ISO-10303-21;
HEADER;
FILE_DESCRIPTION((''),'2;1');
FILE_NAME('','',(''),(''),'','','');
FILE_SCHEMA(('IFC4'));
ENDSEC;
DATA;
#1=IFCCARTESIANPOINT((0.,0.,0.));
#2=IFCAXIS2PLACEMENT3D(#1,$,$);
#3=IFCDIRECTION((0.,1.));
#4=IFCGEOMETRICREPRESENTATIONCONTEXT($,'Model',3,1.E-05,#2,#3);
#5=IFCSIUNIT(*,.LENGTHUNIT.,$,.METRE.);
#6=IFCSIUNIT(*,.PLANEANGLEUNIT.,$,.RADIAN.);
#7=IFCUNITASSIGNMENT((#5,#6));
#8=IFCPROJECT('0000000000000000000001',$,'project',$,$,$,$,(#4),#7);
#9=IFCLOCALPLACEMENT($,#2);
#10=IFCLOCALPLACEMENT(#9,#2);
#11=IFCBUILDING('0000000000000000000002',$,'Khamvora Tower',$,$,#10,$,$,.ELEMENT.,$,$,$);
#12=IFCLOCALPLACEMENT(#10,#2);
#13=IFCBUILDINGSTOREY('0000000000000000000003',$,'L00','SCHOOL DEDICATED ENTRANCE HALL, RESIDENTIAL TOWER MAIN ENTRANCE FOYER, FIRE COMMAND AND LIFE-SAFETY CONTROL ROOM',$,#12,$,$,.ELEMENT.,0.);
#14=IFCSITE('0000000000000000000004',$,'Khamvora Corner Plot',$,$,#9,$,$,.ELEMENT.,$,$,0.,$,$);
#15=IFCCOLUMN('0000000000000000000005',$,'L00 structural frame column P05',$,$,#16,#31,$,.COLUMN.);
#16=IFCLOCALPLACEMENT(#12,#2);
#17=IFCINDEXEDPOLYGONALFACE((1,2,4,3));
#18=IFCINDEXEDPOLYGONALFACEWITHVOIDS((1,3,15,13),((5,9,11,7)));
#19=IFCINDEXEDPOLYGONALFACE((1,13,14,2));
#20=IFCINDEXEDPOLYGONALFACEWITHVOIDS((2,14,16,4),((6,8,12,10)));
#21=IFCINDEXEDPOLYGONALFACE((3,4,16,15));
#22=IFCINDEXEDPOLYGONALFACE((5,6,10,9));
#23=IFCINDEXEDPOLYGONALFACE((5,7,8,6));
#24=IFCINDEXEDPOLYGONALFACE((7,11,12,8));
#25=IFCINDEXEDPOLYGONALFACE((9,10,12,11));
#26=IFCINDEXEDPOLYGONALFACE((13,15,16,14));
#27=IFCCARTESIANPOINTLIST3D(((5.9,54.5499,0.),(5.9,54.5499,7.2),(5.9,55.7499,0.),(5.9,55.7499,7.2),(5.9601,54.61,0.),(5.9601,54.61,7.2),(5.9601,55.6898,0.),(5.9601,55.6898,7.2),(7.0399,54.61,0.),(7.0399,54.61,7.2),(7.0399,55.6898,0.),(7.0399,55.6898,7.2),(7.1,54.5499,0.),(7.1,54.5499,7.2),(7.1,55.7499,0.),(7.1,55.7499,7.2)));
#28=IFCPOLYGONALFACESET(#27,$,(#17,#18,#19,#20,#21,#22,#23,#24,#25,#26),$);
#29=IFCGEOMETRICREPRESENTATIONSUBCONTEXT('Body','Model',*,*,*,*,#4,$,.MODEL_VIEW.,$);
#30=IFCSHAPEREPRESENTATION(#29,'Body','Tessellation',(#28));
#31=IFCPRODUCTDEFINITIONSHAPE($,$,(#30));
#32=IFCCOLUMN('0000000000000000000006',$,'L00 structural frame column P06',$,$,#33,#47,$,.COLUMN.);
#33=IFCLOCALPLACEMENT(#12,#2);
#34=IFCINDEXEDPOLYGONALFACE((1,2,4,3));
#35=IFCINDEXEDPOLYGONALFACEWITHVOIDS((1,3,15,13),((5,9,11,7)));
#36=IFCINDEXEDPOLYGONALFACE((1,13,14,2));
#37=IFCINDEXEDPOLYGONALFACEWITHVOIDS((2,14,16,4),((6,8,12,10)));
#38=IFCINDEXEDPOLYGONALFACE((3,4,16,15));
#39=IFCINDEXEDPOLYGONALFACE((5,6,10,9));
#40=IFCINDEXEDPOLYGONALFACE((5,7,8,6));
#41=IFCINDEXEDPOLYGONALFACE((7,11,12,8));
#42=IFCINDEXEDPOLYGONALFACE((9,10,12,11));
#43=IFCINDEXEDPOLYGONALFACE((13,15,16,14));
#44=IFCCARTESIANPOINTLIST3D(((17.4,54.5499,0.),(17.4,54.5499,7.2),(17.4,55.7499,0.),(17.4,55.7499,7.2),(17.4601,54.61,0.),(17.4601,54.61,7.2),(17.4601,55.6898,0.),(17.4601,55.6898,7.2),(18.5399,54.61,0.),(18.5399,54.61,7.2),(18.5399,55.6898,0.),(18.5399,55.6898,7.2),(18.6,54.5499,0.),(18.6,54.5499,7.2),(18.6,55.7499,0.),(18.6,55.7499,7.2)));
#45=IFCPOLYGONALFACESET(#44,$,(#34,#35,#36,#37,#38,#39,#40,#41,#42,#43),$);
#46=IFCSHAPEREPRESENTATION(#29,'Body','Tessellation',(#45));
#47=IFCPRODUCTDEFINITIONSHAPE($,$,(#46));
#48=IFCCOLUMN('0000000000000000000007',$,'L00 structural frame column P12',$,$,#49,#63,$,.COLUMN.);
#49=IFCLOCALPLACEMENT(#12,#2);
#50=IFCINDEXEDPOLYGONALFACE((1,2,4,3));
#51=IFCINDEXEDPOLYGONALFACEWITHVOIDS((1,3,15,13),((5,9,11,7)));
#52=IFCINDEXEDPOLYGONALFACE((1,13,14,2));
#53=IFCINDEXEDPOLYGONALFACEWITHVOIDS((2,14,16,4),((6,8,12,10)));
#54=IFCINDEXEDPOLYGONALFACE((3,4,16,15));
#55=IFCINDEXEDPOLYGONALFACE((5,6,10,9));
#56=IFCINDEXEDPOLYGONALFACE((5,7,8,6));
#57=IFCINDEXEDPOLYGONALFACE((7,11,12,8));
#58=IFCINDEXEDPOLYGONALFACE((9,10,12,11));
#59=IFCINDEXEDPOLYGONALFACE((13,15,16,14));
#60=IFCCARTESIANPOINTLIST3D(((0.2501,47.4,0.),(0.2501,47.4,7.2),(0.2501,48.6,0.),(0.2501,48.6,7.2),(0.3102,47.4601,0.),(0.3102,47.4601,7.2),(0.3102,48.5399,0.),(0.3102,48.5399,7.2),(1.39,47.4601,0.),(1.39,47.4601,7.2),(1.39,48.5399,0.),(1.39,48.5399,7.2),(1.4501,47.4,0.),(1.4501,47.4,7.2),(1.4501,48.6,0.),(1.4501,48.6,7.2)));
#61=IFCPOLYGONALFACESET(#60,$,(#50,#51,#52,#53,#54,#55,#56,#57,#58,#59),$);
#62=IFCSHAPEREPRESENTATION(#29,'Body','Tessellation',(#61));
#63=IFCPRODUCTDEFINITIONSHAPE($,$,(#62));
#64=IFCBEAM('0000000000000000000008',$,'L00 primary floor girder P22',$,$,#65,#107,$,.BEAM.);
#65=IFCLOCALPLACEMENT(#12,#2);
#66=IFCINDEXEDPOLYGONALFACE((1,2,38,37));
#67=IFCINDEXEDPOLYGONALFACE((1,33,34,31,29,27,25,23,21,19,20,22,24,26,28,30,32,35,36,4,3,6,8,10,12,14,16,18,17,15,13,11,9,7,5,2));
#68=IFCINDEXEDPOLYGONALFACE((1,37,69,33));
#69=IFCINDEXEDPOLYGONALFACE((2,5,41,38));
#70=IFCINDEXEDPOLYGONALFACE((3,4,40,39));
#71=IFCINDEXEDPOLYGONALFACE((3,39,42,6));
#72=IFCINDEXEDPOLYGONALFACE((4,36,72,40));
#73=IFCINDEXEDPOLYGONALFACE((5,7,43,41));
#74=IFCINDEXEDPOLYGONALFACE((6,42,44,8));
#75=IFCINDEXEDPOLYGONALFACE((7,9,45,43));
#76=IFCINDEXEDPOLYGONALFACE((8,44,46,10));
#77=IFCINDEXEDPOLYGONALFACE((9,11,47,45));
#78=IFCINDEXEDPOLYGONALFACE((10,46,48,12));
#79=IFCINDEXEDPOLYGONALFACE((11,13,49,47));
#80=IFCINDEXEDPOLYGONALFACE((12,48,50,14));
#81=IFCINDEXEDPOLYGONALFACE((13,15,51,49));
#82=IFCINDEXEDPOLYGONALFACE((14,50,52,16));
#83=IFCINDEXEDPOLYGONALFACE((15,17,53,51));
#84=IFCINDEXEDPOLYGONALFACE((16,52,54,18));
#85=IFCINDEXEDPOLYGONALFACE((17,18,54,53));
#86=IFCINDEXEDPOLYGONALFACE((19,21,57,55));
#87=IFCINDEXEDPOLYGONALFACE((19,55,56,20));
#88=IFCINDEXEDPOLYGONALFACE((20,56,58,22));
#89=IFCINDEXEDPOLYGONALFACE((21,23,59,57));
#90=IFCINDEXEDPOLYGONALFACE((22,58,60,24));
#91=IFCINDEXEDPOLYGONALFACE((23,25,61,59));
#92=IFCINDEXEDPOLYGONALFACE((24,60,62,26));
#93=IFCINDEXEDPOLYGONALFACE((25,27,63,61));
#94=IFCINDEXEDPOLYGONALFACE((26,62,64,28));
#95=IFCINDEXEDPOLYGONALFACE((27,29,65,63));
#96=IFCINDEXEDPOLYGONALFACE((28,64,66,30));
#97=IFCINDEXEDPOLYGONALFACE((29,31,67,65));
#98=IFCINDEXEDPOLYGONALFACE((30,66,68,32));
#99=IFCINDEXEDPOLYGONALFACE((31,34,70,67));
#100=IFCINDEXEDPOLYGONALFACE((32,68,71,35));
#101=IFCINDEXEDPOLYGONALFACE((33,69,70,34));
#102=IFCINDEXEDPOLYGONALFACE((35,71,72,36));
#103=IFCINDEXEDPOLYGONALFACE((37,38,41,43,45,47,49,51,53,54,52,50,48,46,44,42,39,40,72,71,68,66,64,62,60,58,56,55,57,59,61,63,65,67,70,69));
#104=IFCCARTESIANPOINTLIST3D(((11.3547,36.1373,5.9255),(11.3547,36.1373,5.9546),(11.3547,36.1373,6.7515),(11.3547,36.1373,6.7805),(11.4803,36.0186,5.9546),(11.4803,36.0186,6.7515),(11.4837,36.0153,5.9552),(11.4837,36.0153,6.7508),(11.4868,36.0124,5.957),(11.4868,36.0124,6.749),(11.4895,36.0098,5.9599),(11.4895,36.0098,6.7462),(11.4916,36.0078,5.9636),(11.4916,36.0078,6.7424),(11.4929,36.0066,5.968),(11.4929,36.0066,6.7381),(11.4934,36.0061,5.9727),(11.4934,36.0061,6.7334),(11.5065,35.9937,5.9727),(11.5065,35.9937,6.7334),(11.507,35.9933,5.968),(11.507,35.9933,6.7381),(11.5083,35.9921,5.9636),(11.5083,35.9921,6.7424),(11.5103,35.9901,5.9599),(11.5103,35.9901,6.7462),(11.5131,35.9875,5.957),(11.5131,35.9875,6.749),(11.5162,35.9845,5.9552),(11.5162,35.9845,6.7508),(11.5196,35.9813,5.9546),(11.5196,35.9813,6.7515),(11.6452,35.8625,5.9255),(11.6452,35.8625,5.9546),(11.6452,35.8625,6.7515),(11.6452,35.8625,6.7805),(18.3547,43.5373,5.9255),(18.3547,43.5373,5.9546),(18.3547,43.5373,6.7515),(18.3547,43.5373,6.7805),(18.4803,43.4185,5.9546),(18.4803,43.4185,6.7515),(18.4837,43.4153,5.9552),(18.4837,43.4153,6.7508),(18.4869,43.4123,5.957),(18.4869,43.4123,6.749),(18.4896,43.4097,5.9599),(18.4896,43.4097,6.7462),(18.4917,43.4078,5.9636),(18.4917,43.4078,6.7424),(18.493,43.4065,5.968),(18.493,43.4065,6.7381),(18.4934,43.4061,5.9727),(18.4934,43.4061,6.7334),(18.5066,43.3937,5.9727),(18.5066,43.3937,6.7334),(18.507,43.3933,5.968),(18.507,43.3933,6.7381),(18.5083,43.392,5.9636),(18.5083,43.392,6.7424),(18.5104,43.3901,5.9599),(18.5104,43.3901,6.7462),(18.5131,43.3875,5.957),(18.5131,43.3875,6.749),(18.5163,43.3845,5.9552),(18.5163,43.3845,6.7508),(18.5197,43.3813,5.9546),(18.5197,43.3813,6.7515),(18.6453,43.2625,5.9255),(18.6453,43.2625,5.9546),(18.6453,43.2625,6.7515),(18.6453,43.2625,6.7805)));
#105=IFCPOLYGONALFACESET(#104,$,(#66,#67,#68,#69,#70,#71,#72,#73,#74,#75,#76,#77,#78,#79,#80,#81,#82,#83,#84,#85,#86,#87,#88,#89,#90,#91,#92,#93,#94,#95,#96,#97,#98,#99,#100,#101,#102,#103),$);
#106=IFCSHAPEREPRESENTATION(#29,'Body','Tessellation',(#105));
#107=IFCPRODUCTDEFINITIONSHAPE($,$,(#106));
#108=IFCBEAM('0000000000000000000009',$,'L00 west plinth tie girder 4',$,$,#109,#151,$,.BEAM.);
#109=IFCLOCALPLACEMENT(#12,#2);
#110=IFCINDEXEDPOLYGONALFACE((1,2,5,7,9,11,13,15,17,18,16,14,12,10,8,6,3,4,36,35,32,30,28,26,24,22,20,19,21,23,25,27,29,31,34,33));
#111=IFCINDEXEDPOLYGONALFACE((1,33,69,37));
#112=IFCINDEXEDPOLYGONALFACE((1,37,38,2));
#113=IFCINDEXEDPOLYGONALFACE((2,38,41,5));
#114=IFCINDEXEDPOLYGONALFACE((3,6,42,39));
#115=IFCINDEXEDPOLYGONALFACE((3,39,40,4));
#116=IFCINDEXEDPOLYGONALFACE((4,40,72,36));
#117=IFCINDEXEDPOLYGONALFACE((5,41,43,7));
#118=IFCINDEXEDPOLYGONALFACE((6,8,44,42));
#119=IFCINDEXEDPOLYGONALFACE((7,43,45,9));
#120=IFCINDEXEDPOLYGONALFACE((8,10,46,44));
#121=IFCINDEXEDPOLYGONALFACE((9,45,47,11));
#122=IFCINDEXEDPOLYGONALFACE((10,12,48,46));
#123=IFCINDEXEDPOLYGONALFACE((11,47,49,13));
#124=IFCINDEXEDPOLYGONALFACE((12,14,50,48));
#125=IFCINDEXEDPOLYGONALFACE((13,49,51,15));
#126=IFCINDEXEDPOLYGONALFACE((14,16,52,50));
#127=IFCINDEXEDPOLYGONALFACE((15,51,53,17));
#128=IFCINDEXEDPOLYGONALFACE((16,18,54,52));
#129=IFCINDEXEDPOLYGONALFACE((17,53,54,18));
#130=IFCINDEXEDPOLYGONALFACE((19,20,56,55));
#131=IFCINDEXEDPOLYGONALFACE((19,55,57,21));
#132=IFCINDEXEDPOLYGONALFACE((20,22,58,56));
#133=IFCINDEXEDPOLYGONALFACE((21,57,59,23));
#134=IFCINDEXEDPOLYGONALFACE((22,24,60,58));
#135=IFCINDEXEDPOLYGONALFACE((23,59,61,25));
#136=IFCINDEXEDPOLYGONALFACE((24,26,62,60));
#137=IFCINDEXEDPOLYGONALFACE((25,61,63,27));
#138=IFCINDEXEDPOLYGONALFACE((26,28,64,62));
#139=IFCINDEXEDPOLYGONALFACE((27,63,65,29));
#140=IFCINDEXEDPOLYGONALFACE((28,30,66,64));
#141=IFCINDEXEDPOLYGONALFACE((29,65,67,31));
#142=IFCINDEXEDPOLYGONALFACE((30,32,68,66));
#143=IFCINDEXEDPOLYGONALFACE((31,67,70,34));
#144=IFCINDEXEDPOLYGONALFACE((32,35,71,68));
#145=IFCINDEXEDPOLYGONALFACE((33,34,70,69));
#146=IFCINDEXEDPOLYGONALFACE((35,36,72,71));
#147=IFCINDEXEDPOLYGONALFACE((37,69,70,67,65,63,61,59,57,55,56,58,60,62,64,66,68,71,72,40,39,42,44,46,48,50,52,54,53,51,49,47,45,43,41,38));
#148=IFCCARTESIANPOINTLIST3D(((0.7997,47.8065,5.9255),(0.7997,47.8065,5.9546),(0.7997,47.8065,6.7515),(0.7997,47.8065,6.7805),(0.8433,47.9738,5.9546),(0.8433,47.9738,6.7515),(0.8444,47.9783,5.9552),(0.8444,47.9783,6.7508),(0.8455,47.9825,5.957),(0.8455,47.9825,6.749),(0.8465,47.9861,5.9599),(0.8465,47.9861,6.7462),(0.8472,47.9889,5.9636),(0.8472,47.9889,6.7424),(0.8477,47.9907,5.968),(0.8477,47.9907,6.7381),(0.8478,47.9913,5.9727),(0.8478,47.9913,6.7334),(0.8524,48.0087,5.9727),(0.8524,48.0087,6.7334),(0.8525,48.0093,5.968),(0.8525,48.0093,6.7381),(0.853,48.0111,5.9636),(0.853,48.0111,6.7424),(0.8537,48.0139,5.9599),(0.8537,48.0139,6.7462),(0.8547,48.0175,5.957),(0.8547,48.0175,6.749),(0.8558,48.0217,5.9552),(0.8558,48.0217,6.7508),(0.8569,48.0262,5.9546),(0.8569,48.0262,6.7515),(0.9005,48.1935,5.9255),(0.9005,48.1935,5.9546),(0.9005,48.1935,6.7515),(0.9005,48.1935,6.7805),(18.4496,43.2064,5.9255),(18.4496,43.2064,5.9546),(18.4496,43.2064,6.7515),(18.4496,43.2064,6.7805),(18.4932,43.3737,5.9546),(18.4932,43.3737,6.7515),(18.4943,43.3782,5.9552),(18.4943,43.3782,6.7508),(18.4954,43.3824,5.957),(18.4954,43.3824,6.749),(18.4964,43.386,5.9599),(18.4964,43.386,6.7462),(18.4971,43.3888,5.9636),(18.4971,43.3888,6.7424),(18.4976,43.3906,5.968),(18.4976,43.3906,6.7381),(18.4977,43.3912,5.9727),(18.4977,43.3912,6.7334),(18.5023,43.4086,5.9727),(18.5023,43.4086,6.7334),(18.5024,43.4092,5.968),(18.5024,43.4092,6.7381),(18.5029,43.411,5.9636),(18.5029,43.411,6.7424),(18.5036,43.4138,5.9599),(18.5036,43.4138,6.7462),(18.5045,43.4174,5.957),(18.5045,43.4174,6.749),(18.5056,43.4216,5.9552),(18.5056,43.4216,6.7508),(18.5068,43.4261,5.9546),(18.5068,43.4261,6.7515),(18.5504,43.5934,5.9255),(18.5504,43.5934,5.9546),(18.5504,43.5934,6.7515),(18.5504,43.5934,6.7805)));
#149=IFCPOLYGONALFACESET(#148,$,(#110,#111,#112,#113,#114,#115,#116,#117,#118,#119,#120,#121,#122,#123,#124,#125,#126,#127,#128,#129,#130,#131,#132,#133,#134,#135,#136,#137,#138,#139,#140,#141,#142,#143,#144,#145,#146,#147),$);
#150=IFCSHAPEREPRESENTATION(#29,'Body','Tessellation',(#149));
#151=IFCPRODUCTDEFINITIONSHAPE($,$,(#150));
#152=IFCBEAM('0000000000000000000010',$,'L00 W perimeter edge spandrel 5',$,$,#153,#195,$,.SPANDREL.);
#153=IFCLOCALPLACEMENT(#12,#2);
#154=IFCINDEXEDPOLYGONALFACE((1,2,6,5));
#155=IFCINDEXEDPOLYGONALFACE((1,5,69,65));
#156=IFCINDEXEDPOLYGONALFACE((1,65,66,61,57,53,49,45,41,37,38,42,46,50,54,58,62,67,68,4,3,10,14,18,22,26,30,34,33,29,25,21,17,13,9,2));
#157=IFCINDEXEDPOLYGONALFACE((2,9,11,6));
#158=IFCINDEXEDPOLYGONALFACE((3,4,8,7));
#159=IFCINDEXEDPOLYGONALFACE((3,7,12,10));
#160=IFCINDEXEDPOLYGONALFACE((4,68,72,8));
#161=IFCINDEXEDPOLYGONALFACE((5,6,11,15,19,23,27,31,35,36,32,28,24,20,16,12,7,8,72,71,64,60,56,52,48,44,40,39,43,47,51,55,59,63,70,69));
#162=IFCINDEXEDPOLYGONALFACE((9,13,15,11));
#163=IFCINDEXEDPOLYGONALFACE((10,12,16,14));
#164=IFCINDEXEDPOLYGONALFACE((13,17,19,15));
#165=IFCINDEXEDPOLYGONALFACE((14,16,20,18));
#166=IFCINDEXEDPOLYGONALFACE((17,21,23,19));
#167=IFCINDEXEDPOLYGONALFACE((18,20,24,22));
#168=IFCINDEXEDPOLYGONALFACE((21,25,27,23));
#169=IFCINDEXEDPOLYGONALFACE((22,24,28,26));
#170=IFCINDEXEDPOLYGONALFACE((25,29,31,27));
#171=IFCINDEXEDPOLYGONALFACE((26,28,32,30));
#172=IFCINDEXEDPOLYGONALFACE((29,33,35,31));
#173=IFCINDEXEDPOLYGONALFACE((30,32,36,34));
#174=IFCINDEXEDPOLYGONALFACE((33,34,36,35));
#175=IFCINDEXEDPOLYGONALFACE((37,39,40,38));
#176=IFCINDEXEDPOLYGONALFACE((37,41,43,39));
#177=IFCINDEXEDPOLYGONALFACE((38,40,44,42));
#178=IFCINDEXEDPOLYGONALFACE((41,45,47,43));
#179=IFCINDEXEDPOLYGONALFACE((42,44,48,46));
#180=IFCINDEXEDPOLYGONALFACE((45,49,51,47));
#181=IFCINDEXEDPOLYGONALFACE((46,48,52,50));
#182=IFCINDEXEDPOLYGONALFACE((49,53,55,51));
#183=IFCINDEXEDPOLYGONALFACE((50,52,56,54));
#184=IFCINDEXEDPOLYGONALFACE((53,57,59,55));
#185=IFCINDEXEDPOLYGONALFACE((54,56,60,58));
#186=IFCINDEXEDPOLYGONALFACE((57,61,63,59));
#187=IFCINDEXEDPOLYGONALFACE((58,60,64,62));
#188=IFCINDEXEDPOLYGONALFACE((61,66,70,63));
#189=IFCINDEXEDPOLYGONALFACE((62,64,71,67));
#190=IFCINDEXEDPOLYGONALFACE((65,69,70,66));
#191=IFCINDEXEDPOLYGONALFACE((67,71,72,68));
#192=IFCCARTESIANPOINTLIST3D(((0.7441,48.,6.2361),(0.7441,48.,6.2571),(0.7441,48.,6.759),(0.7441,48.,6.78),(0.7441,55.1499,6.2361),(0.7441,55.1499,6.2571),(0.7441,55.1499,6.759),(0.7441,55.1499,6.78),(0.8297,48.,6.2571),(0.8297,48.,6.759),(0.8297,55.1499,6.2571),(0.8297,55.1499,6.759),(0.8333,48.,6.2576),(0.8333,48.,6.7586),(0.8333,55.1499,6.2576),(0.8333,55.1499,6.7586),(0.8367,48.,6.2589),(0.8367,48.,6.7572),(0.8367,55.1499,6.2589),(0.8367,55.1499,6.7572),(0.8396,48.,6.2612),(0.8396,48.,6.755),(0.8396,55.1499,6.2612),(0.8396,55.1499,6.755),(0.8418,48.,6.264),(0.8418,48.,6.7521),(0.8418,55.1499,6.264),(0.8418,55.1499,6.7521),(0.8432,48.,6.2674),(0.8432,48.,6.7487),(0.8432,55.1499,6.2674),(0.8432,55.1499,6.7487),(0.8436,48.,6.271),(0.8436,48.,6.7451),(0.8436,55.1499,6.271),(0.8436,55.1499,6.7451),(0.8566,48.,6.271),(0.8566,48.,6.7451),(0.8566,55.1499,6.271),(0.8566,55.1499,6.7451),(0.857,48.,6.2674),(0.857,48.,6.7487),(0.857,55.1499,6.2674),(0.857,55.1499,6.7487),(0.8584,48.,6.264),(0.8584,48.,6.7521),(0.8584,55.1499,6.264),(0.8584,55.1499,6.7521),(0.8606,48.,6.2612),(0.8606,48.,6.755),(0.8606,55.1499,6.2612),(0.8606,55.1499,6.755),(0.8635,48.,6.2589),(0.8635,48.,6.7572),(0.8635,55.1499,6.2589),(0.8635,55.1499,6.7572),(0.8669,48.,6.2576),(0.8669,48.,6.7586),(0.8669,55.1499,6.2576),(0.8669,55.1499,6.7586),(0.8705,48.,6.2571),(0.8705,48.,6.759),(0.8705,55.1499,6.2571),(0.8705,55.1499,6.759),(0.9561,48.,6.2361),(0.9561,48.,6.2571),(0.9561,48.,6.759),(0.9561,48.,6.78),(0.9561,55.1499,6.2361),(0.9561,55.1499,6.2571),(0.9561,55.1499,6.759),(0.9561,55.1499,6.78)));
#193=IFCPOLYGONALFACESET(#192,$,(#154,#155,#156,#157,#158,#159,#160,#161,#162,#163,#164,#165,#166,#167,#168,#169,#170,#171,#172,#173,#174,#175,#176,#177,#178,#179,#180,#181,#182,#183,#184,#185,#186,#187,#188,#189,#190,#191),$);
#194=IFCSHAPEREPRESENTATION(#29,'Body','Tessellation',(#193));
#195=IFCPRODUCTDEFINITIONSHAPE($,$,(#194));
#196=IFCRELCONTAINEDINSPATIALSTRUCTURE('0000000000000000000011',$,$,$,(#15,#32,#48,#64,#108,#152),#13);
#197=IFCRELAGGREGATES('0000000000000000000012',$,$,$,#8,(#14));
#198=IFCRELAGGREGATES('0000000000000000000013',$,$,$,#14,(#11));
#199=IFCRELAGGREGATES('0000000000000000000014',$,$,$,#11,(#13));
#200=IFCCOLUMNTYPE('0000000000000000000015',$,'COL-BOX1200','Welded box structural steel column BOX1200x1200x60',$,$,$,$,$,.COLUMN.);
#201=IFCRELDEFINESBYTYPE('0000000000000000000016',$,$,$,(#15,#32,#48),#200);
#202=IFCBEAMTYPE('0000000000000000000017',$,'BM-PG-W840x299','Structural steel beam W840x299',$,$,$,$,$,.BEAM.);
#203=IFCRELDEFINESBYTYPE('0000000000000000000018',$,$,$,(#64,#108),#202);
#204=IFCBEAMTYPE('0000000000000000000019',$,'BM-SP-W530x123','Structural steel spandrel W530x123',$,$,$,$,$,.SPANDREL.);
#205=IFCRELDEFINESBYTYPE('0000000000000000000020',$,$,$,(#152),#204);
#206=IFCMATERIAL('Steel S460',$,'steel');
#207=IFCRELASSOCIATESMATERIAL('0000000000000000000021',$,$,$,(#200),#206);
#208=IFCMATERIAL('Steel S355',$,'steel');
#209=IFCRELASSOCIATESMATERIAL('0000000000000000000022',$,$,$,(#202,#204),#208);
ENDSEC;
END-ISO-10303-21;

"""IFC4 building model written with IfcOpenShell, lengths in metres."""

from ifc_helpers import new_model, si_unit, direction, frame, origin, origin_2d, place, context, subcontext, project, spatial, hollow_rectangle, i_section, extrude, material, material_profile, profile_set, type_object, element, save


model = new_model("IFC4")

# Units and contexts
model_context = context("Model", 3, precision=1e-05, world=origin(), true_north=direction((0.0, 1.0)))
body_context = subcontext(model_context, "Body", "Model", "MODEL_VIEW")
ifc_project = project(units=[si_unit("LENGTHUNIT", "METRE"), si_unit("PLANEANGLEUNIT", "RADIAN")], contexts=[model_context])

# Site, building, storey
site_placement = place(None, origin())
site = spatial("IfcSite", under=ifc_project, at=site_placement, Name="Khamvora Corner Plot", CompositionType="ELEMENT", RefElevation=0.0)
building_placement = place(site_placement, origin())
building = spatial("IfcBuilding", under=site, at=building_placement, Name="Khamvora Tower", CompositionType="ELEMENT")
storey_placement = place(building_placement, origin())
storey = spatial("IfcBuildingStorey", under=building, at=storey_placement, Name="L00", Description="SCHOOL DEDICATED ENTRANCE HALL, RESIDENTIAL TOWER MAIN ENTRANCE FOYER, FIRE COMMAND AND LIFE-SAFETY CONTROL ROOM", CompositionType="ELEMENT", Elevation=0.0)

# Columns
ifc_material_1 = material(Name="Steel S460", Category="steel")
ifc_material_profile_1 = material_profile(ifc_material_1, hollow_rectangle(XDim=1.2, YDim=1.2, WallThickness=0.0601, at=origin_2d()), Name="BOX1200x1200x60")
ifc_profile_set_1 = profile_set([ifc_material_profile_1], Name="Steel S460")
column_type = type_object("IfcColumnType", Name="COL-BOX1200", Description="Welded box structural steel column BOX1200x1200x60", PredefinedType="COLUMN", material=ifc_profile_set_1)
for number, where, z_axis, x_axis, name in (
    (1, (6.5, 55.1499, 0.0), (0.0, 0.0, 1.0), (1.0, 0.0, 0.0), "L00 structural frame column P05"),
    (2, (18.0, 55.1499, 0.0), (0.0, 0.0, 1.0), (1.0, 0.0, 0.0), "L00 structural frame column P06"),
    (3, (0.8501, 48.0, 0.0), (0.0, 0.0, 1.0), (1.0, 0.0, 0.0), "L00 structural frame column P12"),
):
    element("IfcColumn", number, at=place(storey_placement, frame(where, z_axis=z_axis, x_axis=x_axis)), inside=storey, type_object=column_type, Name=name, PredefinedType="COLUMN", context=body_context, shape_type="SweptSolid", body=[
        extrude(hollow_rectangle(XDim=1.2, YDim=1.2, WallThickness=0.0601, at=origin_2d()), origin(), (0.0, 0.0, 1.0), 7.2),
    ])

# Beams
ifc_material_2 = material(Name="Steel S355", Category="steel")
ifc_material_profile_2 = material_profile(ifc_material_2, i_section(OverallWidth=0.3999, OverallDepth=0.855, WebThickness=0.0181, FlangeThickness=0.0291, FilletRadius=0.0181, at=origin_2d()), Name="W840x299")
ifc_profile_set_2 = profile_set([ifc_material_profile_2], Name="Steel S355")
beam_type_1 = type_object("IfcBeamType", Name="BM-PG-W840x299", Description="Structural steel beam W840x299", PredefinedType="BEAM", material=ifc_profile_set_2)
beam_1_placement = place(storey_placement, frame((18.5, 43.3999, 6.353), z_axis=(-0.687205, -0.726464, 0.0), x_axis=(0.726464, -0.687205, 0.0)))
element("IfcBeam", 4, at=beam_1_placement, inside=storey, type_object=beam_type_1, Name="L00 primary floor girder P22", PredefinedType="BEAM", context=body_context, shape_type="SweptSolid", body=[
    extrude(i_section(OverallWidth=0.3999, OverallDepth=0.855, WebThickness=0.0181, FlangeThickness=0.0291, FilletRadius=0.0181, at=origin_2d()), origin(), (0.0, 0.0, 1.0), 10.1863),
])
beam_2_placement = place(storey_placement, frame((0.8501, 48.0, 6.353), z_axis=(0.967674, -0.252205, 0.0), x_axis=(0.252205, 0.967674, 0.0)))
element("IfcBeam", 5, at=beam_2_placement, inside=storey, type_object=beam_type_1, Name="L00 west plinth tie girder 4", PredefinedType="BEAM", context=body_context, shape_type="SweptSolid", body=[
    extrude(i_section(OverallWidth=0.3999, OverallDepth=0.855, WebThickness=0.0181, FlangeThickness=0.0291, FilletRadius=0.0181, at=origin_2d()), origin(), (0.0, 0.0, 1.0), 18.2395),
])
ifc_material_profile_3 = material_profile(ifc_material_2, i_section(OverallWidth=0.2119, OverallDepth=0.5439, WebThickness=0.0129, FlangeThickness=0.021, FilletRadius=0.0139, at=origin_2d()), Name="W530x123")
ifc_profile_set_3 = profile_set([ifc_material_profile_3], Name="Steel S355")
beam_type_2 = type_object("IfcBeamType", Name="BM-SP-W530x123", Description="Structural steel spandrel W530x123", PredefinedType="SPANDREL", material=ifc_profile_set_3)
beam_3_placement = place(storey_placement, frame((0.8501, 48.0, 6.5081), z_axis=(0.0, 1.0, 0.0), x_axis=(-1.0, 0.0, 0.0)))
element("IfcBeam", 6, at=beam_3_placement, inside=storey, type_object=beam_type_2, Name="L00 W perimeter edge spandrel 5", PredefinedType="SPANDREL", context=body_context, shape_type="SweptSolid", body=[
    extrude(i_section(OverallWidth=0.2119, OverallDepth=0.5439, WebThickness=0.0129, FlangeThickness=0.021, FilletRadius=0.0139, at=origin_2d()), origin(), (0.0, 0.0, 1.0), 7.1499),
])

save(model, "model.ifc")
